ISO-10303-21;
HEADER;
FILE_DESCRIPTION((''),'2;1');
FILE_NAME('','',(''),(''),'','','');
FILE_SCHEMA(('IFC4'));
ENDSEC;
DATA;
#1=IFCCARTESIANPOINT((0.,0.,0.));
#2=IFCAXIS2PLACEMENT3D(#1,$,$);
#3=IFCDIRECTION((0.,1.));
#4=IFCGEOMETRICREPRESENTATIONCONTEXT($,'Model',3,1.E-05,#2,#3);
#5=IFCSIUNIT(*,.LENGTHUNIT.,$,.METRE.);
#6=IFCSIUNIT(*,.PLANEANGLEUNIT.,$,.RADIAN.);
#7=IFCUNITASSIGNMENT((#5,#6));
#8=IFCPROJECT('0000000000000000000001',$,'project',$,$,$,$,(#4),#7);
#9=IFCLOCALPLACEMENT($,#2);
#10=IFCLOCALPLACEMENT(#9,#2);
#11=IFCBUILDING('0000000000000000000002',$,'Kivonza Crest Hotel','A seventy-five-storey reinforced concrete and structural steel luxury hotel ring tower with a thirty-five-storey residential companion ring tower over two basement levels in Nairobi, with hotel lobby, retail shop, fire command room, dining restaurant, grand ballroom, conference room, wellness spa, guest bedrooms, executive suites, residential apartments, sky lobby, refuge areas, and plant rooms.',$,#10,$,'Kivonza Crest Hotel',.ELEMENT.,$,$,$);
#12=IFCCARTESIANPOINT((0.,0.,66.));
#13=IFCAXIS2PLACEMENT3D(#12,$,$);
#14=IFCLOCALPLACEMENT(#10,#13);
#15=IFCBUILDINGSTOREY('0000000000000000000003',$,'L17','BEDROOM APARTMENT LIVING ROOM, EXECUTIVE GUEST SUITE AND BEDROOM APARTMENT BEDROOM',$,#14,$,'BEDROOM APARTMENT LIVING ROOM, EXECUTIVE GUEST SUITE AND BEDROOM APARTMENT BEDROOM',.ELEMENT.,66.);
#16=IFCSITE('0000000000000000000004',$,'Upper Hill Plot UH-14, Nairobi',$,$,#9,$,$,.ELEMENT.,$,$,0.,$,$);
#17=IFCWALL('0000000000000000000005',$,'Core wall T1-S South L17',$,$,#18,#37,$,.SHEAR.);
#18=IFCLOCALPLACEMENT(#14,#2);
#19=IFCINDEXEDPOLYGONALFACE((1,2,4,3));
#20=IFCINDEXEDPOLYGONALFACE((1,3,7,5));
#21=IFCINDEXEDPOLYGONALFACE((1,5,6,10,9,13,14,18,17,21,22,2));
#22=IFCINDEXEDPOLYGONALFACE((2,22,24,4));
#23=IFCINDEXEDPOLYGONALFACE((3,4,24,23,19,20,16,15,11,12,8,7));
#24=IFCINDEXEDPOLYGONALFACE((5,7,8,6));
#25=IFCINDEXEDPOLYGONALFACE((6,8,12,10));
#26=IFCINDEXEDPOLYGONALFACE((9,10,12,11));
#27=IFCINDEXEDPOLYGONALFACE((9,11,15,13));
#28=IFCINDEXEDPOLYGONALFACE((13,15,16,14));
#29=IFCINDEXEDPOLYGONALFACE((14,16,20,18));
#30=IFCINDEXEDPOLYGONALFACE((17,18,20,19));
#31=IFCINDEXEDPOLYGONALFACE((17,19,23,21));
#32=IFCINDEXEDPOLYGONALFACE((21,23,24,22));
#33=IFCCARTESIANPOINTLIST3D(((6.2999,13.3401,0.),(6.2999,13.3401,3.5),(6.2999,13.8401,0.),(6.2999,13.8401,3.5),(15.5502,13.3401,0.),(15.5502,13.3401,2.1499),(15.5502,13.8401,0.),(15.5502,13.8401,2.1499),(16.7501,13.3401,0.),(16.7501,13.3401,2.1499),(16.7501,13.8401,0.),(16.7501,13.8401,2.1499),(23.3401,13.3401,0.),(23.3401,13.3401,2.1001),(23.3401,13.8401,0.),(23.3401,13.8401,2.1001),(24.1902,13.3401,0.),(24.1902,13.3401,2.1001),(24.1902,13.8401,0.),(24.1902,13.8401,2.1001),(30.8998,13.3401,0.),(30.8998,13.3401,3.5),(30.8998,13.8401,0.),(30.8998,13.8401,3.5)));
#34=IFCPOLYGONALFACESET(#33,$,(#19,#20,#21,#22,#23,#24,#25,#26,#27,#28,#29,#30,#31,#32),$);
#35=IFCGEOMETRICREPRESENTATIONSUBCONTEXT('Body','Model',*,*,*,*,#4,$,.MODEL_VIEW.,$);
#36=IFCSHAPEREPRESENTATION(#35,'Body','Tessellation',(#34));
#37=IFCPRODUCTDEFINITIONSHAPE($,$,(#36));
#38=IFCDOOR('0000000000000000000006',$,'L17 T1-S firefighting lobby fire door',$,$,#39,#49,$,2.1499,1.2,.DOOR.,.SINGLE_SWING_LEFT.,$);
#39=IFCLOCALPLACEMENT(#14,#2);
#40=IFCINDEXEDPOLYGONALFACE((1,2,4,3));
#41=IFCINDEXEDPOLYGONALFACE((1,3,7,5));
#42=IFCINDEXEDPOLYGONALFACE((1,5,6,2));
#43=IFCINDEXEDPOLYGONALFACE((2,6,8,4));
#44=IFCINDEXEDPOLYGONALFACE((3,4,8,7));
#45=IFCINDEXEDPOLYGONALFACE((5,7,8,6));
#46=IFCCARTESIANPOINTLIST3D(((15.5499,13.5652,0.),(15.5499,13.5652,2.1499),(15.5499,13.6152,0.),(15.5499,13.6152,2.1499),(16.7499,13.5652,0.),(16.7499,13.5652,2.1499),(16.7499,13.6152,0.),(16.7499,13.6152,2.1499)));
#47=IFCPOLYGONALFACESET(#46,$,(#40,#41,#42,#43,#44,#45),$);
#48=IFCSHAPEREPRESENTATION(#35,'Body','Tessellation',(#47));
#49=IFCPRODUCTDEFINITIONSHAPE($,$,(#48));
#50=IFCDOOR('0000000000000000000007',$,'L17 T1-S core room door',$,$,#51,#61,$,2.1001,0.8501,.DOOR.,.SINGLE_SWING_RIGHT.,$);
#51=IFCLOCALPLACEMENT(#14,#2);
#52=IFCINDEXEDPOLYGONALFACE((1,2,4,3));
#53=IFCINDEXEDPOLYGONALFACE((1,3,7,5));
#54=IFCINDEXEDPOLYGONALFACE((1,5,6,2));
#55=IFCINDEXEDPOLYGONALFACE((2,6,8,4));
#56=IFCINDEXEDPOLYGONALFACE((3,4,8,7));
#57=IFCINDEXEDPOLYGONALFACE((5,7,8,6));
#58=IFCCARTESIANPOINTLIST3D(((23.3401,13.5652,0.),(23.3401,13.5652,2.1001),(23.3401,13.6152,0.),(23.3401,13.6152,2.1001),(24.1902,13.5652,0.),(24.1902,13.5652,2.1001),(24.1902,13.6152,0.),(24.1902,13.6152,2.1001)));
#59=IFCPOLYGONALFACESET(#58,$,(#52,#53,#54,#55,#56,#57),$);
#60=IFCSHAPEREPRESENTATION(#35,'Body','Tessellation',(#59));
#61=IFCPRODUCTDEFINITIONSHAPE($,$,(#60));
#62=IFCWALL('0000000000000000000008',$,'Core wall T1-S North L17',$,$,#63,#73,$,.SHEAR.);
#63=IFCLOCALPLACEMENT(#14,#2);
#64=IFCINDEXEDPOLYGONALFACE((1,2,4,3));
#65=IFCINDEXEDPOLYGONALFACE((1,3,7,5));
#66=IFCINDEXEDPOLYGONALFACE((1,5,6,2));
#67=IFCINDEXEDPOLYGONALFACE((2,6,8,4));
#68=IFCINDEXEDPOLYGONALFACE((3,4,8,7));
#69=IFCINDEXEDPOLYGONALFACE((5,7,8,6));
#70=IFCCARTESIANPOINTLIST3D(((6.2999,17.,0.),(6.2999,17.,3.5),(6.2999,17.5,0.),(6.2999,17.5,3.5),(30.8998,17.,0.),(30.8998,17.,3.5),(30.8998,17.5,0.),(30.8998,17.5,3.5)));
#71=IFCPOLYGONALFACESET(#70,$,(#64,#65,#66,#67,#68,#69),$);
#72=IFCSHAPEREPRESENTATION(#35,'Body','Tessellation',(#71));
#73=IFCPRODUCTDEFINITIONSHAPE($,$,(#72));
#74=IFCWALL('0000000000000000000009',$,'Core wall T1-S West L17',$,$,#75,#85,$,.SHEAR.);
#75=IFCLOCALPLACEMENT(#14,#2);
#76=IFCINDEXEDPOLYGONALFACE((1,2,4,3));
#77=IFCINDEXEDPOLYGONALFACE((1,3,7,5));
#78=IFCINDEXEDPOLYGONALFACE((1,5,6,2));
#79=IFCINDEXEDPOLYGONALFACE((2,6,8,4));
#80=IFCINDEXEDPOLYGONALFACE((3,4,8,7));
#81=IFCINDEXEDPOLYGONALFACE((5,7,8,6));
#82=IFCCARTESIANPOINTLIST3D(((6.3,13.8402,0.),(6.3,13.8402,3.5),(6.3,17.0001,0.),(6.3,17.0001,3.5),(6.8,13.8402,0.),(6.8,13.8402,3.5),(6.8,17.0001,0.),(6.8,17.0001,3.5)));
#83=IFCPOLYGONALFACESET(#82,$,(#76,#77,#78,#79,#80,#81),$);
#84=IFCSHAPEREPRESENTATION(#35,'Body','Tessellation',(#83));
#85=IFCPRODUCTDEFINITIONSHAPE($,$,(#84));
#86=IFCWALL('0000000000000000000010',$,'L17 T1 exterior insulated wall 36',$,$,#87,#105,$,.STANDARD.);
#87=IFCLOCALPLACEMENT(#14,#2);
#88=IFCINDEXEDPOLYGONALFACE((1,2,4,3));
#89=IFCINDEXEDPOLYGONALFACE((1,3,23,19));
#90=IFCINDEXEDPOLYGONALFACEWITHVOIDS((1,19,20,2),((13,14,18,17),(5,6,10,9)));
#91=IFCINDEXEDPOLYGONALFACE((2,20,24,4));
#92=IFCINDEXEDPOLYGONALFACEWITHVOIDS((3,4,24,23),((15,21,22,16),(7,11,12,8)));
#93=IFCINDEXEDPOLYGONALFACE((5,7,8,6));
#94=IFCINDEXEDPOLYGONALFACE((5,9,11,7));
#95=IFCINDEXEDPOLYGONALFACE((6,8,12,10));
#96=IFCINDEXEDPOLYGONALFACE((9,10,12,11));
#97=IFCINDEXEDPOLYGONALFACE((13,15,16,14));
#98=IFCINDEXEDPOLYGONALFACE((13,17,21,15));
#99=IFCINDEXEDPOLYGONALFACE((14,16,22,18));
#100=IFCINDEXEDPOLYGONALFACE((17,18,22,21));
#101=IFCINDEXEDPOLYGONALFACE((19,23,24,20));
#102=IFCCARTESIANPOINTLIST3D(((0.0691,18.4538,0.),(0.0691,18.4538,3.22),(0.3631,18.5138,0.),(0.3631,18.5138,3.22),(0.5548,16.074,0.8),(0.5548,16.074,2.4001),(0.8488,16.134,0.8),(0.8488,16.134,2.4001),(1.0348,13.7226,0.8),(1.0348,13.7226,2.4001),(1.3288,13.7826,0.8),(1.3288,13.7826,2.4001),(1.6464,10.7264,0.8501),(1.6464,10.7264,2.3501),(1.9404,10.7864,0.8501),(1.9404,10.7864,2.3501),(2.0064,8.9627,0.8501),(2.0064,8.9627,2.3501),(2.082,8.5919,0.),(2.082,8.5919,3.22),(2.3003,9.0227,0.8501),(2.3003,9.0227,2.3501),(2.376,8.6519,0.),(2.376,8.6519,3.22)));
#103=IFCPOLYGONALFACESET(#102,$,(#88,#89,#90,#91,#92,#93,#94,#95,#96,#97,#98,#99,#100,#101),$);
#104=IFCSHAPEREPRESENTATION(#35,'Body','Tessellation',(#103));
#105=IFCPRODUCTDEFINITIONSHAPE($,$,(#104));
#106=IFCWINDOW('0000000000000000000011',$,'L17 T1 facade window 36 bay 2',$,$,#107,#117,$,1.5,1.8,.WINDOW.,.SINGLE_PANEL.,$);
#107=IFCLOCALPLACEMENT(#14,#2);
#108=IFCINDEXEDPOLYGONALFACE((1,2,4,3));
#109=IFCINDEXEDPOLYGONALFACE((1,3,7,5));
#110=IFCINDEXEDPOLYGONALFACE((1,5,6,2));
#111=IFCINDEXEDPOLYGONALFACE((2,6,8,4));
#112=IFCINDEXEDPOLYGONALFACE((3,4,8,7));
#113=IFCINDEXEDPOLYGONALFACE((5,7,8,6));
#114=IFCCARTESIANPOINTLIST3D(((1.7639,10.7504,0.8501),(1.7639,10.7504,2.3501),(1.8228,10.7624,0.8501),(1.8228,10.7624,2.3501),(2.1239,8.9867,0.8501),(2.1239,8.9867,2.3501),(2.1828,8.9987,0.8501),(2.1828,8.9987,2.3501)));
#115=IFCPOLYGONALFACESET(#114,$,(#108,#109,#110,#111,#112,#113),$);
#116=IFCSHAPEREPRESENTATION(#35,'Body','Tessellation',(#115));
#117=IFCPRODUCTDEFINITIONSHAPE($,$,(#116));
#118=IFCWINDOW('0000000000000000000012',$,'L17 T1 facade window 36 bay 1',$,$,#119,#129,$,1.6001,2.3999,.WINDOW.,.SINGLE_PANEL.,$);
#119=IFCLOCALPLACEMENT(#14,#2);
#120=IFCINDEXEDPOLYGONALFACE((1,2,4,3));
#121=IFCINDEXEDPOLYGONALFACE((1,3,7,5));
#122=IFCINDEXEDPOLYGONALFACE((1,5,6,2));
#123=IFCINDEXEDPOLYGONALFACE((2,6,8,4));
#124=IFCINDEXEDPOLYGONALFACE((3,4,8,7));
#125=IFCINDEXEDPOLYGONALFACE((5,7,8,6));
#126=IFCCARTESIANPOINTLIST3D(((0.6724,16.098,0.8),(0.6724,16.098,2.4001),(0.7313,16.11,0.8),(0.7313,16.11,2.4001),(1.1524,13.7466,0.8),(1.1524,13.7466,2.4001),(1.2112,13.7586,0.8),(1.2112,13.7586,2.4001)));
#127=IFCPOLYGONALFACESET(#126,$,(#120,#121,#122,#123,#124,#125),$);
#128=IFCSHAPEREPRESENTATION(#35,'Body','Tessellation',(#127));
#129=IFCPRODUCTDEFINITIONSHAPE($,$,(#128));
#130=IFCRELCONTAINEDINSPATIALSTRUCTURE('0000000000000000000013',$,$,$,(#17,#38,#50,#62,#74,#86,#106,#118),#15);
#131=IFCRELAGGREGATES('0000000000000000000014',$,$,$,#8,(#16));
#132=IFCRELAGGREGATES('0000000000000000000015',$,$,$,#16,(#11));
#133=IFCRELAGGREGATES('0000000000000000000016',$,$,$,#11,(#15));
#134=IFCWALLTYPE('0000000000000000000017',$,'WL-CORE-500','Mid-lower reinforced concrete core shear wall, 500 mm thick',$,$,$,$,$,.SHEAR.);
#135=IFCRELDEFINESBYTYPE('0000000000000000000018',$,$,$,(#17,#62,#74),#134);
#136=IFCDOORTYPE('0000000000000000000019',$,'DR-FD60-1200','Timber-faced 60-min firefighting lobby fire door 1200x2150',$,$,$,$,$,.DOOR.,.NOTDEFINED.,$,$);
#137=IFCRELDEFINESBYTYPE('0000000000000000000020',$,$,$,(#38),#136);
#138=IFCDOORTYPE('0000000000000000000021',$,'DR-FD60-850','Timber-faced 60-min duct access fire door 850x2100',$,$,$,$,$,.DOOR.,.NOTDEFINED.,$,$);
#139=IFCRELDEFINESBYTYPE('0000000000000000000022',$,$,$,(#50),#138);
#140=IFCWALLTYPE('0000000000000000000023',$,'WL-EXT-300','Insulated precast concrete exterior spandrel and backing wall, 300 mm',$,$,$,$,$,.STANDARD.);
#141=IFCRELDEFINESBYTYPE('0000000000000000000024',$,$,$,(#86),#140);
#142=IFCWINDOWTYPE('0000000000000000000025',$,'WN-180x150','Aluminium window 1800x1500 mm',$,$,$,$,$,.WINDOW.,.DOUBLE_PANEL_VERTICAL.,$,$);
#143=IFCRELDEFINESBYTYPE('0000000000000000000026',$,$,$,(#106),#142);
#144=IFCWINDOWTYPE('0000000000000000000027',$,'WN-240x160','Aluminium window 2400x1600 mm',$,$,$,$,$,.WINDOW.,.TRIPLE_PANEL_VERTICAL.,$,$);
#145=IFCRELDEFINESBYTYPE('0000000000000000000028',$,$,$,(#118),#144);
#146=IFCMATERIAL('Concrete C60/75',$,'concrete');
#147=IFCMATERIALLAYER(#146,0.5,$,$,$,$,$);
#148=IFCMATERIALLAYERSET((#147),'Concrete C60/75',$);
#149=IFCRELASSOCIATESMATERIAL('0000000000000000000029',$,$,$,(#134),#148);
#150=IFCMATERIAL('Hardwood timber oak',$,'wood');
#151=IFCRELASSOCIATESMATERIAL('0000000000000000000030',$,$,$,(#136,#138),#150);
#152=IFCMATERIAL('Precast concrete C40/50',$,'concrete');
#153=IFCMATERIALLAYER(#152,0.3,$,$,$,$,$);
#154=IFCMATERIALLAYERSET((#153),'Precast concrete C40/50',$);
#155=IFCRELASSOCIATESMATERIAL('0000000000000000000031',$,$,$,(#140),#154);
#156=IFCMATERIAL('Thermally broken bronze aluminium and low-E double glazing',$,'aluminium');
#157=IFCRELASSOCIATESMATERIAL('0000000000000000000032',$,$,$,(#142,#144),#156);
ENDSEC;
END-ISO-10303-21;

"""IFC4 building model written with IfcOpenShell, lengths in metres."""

from ifc_helpers import new_model, si_unit, direction, frame, frame_2d, origin, place, context, subcontext, project, spatial, rectangle, extrude, material, layer, layer_set, type_object, element, fill, save


model = new_model("IFC4")

# Units and contexts
model_context = context("Model", 3, precision=1e-05, world=origin(), true_north=direction((0.0, 1.0)))
body_context = subcontext(model_context, "Body", "Model", "MODEL_VIEW")
ifc_project = project(units=[si_unit("LENGTHUNIT", "METRE"), si_unit("PLANEANGLEUNIT", "RADIAN")], contexts=[model_context])

# Site, building, storey
site_placement = place(None, origin())
site = spatial("IfcSite", under=ifc_project, at=site_placement, Name="Upper Hill Plot UH-14, Nairobi", CompositionType="ELEMENT", RefElevation=0.0)
building_placement = place(site_placement, origin())
building = spatial("IfcBuilding", under=site, at=building_placement, Name="Kivonza Crest Hotel", Description="A seventy-five-storey reinforced concrete and structural steel luxury hotel ring tower with a thirty-five-storey residential companion ring tower over two basement levels in Nairobi, with hotel lobby, retail shop, fire command room, dining restaurant, grand ballroom, conference room, wellness spa, guest bedrooms, executive suites, residential apartments, sky lobby, refuge areas, and plant rooms.", LongName="Kivonza Crest Hotel", CompositionType="ELEMENT")
storey_placement = place(building_placement, frame((0.0, 0.0, 66.0)))
storey = spatial("IfcBuildingStorey", under=building, at=storey_placement, Name="L17", Description="BEDROOM APARTMENT LIVING ROOM, EXECUTIVE GUEST SUITE AND BEDROOM APARTMENT BEDROOM", LongName="BEDROOM APARTMENT LIVING ROOM, EXECUTIVE GUEST SUITE AND BEDROOM APARTMENT BEDROOM", CompositionType="ELEMENT", Elevation=66.0)

# Shared definitions
ifc_material_1 = material(Name="Concrete C60/75", Category="concrete")

# Wall, openings, doors
ifc_layer_1 = layer(ifc_material_1, 0.5)
ifc_layer_set_1 = layer_set([ifc_layer_1], Name="Concrete C60/75")
wall_type_1 = type_object("IfcWallType", Name="WL-CORE-500", Description="Mid-lower reinforced concrete core shear wall, 500 mm thick", PredefinedType="SHEAR", material=ifc_layer_set_1)
wall_1_placement = place(storey_placement, frame((6.3, 13.5901, 0.0), z_axis=(0.0, 0.0, 1.0), x_axis=(1.0, 0.0, 0.0)))
wall_1 = element("IfcWall", 1, at=wall_1_placement, inside=storey, type_object=wall_type_1, Name="Core wall T1-S South L17", PredefinedType="SHEAR", context=body_context, shape_type="SweptSolid", body=[
    extrude(rectangle(XDim=24.5999, YDim=0.5, at=frame_2d((12.2998, 0.0))), origin(), (0.0, 0.0, 1.0), 3.5),
])
opening_1_placement = place(wall_1_placement, frame((9.25, 0.0, 0.0)))
opening_1 = element("IfcOpeningElement", 2, at=opening_1_placement, cuts=wall_1, PredefinedType="OPENING", context=body_context, shape_type="SweptSolid", body=[
    extrude(rectangle(XDim=1.2, YDim=2.1499, at=frame_2d((0.6001, 1.075))), frame((0.0, 0.26, 0.0), z_axis=(0.0, -1.0, 0.0), x_axis=(1.0, 0.0, 0.0)), (0.0, 0.0, 1.0), 0.52),
])
opening_2_placement = place(wall_1_placement, frame((17.04, 0.0, 0.0)))
opening_2 = element("IfcOpeningElement", 3, at=opening_2_placement, cuts=wall_1, PredefinedType="OPENING", context=body_context, shape_type="SweptSolid", body=[
    extrude(rectangle(XDim=0.8501, YDim=2.1001, at=frame_2d((0.425, 1.05))), frame((0.0, 0.26, 0.0), z_axis=(0.0, -1.0, 0.0), x_axis=(1.0, 0.0, 0.0)), (0.0, 0.0, 1.0), 0.52),
])
ifc_material_2 = material(Name="Hardwood timber oak", Category="wood")
door_type_1 = type_object("IfcDoorType", Name="DR-FD60-1200", Description="Timber-faced 60-min firefighting lobby fire door 1200x2150", OperationType="NOTDEFINED", PredefinedType="DOOR", material=ifc_material_2)
door_1_placement = place(opening_1_placement, frame((1.2, 0.0, 0.0), z_axis=(0.0, 0.0, 1.0), x_axis=(-1.0, 0.0, 0.0)))
door_1 = element("IfcDoor", 4, at=door_1_placement, inside=storey, type_object=door_type_1, Name="L17 T1-S firefighting lobby fire door", OperationType="SINGLE_SWING_LEFT", OverallHeight=2.1499, OverallWidth=1.2, PredefinedType="DOOR", context=body_context, shape_type="SweptSolid", body=[
    extrude(rectangle(XDim=1.2, YDim=2.1499, at=frame_2d((0.6001, 1.075))), frame((0.0, 0.0249, 0.0), z_axis=(0.0, -1.0, 0.0), x_axis=(1.0, 0.0, 0.0)), (0.0, 0.0, 1.0), 0.05),
])
fill(opening_1, door_1)
door_type_2 = type_object("IfcDoorType", Name="DR-FD60-850", Description="Timber-faced 60-min duct access fire door 850x2100", OperationType="NOTDEFINED", PredefinedType="DOOR", material=ifc_material_2)
door_2_placement = place(opening_2_placement, frame((0.8501, 0.0, 0.0), z_axis=(0.0, 0.0, 1.0), x_axis=(-1.0, 0.0, 0.0)))
door_2 = element("IfcDoor", 5, at=door_2_placement, inside=storey, type_object=door_type_2, Name="L17 T1-S core room door", OperationType="SINGLE_SWING_RIGHT", OverallHeight=2.1001, OverallWidth=0.8501, PredefinedType="DOOR", context=body_context, shape_type="SweptSolid", body=[
    extrude(rectangle(XDim=0.8501, YDim=2.1001, at=frame_2d((0.425, 1.05))), frame((0.0, 0.0249, 0.0), z_axis=(0.0, -1.0, 0.0), x_axis=(1.0, 0.0, 0.0)), (0.0, 0.0, 1.0), 0.05),
])
fill(opening_2, door_2)

# Walls
wall_2_placement = place(storey_placement, frame((6.3, 17.25, 0.0), z_axis=(0.0, 0.0, 1.0), x_axis=(1.0, 0.0, 0.0)))
element("IfcWall", 6, at=wall_2_placement, inside=storey, type_object=wall_type_1, Name="Core wall T1-S North L17", PredefinedType="SHEAR", context=body_context, shape_type="SweptSolid", body=[
    extrude(rectangle(XDim=24.5999, YDim=0.5, at=frame_2d((12.2998, 0.0))), origin(), (0.0, 0.0, 1.0), 3.5),
])
wall_3_placement = place(storey_placement, frame((6.55, 13.8401, 0.0), z_axis=(0.0, 0.0, 1.0), x_axis=(0.0, 1.0, 0.0)))
element("IfcWall", 7, at=wall_3_placement, inside=storey, type_object=wall_type_1, Name="Core wall T1-S West L17", PredefinedType="SHEAR", context=body_context, shape_type="SweptSolid", body=[
    extrude(rectangle(XDim=3.1599, YDim=0.5, at=frame_2d((1.5801, 0.0))), origin(), (0.0, 0.0, 1.0), 3.5),
])

# Wall, openings, windows
ifc_material_3 = material(Name="Precast concrete C40/50", Category="concrete")
ifc_layer_2 = layer(ifc_material_3, 0.3)
ifc_layer_set_2 = layer_set([ifc_layer_2], Name="Precast concrete C40/50")
wall_type_2 = type_object("IfcWallType", Name="WL-EXT-300", Description="Insulated precast concrete exterior spandrel and backing wall, 300 mm", PredefinedType="STANDARD", material=ifc_layer_set_2)
wall_4_placement = place(storey_placement, frame((0.2161, 18.4839, 0.0), z_axis=(0.0, 0.0, 1.0), x_axis=(0.199991, -0.979798, 0.0)))
wall_4 = element("IfcWall", 8, at=wall_4_placement, inside=storey, type_object=wall_type_2, Name="L17 T1 exterior insulated wall 36", PredefinedType="STANDARD", context=body_context, shape_type="SweptSolid", body=[
    extrude(rectangle(XDim=10.0652, YDim=0.3, at=frame_2d((5.0327, 0.0))), origin(), (0.0, 0.0, 1.0), 3.22),
])
opening_3_placement = place(wall_4_placement, frame((2.429, 0.0, 0.8)))
opening_3 = element("IfcOpeningElement", 9, at=opening_3_placement, cuts=wall_4, PredefinedType="OPENING", context=body_context, shape_type="SweptSolid", body=[
    extrude(rectangle(XDim=2.3999, YDim=1.6001, at=frame_2d((1.2, 0.8))), frame((0.0, 0.1602, 0.0), z_axis=(0.0, -1.0, 0.0), x_axis=(1.0, 0.0, 0.0)), (0.0, 0.0, 1.0), 0.3201),
])
opening_4_placement = place(wall_4_placement, frame((7.887, 0.0, 0.8501)))
opening_4 = element("IfcOpeningElement", 10, at=opening_4_placement, cuts=wall_4, PredefinedType="OPENING", context=body_context, shape_type="SweptSolid", body=[
    extrude(rectangle(XDim=1.8, YDim=1.5, at=frame_2d((0.8999, 0.75))), frame((0.0, 0.1602, 0.0), z_axis=(0.0, -1.0, 0.0), x_axis=(1.0, 0.0, 0.0)), (0.0, 0.0, 1.0), 0.3201),
])
ifc_material_4 = material(Name="Thermally broken bronze aluminium and low-E double glazing", Category="aluminium")
window_type_1 = type_object("IfcWindowType", Name="WN-180x150", Description="Aluminium window 1800x1500 mm", PartitioningType="DOUBLE_PANEL_VERTICAL", PredefinedType="WINDOW", material=ifc_material_4)
window_1_placement = place(opening_4_placement, origin())
window_1 = element("IfcWindow", 11, at=window_1_placement, inside=storey, type_object=window_type_1, Name="L17 T1 facade window 36 bay 2", OverallHeight=1.5, OverallWidth=1.8, PartitioningType="SINGLE_PANEL", PredefinedType="WINDOW", context=body_context, shape_type="SweptSolid", body=[
    extrude(rectangle(XDim=1.8, YDim=1.5, at=frame_2d((0.8999, 0.75))), frame((0.0, 0.03, 0.0), z_axis=(0.0, -1.0, 0.0), x_axis=(1.0, 0.0, 0.0)), (0.0, 0.0, 1.0), 0.0601),
])
fill(opening_4, window_1)
window_type_2 = type_object("IfcWindowType", Name="WN-240x160", Description="Aluminium window 2400x1600 mm", PartitioningType="TRIPLE_PANEL_VERTICAL", PredefinedType="WINDOW", material=ifc_material_4)
window_2_placement = place(opening_3_placement, origin())
window_2 = element("IfcWindow", 12, at=window_2_placement, inside=storey, type_object=window_type_2, Name="L17 T1 facade window 36 bay 1", OverallHeight=1.6001, OverallWidth=2.3999, PartitioningType="SINGLE_PANEL", PredefinedType="WINDOW", context=body_context, shape_type="SweptSolid", body=[
    extrude(rectangle(XDim=2.3999, YDim=1.6001, at=frame_2d((1.2, 0.8))), frame((0.0, 0.03, 0.0), z_axis=(0.0, -1.0, 0.0), x_axis=(1.0, 0.0, 0.0)), (0.0, 0.0, 1.0), 0.0601),
])
fill(opening_3, window_2)

save(model, "model.ifc")
